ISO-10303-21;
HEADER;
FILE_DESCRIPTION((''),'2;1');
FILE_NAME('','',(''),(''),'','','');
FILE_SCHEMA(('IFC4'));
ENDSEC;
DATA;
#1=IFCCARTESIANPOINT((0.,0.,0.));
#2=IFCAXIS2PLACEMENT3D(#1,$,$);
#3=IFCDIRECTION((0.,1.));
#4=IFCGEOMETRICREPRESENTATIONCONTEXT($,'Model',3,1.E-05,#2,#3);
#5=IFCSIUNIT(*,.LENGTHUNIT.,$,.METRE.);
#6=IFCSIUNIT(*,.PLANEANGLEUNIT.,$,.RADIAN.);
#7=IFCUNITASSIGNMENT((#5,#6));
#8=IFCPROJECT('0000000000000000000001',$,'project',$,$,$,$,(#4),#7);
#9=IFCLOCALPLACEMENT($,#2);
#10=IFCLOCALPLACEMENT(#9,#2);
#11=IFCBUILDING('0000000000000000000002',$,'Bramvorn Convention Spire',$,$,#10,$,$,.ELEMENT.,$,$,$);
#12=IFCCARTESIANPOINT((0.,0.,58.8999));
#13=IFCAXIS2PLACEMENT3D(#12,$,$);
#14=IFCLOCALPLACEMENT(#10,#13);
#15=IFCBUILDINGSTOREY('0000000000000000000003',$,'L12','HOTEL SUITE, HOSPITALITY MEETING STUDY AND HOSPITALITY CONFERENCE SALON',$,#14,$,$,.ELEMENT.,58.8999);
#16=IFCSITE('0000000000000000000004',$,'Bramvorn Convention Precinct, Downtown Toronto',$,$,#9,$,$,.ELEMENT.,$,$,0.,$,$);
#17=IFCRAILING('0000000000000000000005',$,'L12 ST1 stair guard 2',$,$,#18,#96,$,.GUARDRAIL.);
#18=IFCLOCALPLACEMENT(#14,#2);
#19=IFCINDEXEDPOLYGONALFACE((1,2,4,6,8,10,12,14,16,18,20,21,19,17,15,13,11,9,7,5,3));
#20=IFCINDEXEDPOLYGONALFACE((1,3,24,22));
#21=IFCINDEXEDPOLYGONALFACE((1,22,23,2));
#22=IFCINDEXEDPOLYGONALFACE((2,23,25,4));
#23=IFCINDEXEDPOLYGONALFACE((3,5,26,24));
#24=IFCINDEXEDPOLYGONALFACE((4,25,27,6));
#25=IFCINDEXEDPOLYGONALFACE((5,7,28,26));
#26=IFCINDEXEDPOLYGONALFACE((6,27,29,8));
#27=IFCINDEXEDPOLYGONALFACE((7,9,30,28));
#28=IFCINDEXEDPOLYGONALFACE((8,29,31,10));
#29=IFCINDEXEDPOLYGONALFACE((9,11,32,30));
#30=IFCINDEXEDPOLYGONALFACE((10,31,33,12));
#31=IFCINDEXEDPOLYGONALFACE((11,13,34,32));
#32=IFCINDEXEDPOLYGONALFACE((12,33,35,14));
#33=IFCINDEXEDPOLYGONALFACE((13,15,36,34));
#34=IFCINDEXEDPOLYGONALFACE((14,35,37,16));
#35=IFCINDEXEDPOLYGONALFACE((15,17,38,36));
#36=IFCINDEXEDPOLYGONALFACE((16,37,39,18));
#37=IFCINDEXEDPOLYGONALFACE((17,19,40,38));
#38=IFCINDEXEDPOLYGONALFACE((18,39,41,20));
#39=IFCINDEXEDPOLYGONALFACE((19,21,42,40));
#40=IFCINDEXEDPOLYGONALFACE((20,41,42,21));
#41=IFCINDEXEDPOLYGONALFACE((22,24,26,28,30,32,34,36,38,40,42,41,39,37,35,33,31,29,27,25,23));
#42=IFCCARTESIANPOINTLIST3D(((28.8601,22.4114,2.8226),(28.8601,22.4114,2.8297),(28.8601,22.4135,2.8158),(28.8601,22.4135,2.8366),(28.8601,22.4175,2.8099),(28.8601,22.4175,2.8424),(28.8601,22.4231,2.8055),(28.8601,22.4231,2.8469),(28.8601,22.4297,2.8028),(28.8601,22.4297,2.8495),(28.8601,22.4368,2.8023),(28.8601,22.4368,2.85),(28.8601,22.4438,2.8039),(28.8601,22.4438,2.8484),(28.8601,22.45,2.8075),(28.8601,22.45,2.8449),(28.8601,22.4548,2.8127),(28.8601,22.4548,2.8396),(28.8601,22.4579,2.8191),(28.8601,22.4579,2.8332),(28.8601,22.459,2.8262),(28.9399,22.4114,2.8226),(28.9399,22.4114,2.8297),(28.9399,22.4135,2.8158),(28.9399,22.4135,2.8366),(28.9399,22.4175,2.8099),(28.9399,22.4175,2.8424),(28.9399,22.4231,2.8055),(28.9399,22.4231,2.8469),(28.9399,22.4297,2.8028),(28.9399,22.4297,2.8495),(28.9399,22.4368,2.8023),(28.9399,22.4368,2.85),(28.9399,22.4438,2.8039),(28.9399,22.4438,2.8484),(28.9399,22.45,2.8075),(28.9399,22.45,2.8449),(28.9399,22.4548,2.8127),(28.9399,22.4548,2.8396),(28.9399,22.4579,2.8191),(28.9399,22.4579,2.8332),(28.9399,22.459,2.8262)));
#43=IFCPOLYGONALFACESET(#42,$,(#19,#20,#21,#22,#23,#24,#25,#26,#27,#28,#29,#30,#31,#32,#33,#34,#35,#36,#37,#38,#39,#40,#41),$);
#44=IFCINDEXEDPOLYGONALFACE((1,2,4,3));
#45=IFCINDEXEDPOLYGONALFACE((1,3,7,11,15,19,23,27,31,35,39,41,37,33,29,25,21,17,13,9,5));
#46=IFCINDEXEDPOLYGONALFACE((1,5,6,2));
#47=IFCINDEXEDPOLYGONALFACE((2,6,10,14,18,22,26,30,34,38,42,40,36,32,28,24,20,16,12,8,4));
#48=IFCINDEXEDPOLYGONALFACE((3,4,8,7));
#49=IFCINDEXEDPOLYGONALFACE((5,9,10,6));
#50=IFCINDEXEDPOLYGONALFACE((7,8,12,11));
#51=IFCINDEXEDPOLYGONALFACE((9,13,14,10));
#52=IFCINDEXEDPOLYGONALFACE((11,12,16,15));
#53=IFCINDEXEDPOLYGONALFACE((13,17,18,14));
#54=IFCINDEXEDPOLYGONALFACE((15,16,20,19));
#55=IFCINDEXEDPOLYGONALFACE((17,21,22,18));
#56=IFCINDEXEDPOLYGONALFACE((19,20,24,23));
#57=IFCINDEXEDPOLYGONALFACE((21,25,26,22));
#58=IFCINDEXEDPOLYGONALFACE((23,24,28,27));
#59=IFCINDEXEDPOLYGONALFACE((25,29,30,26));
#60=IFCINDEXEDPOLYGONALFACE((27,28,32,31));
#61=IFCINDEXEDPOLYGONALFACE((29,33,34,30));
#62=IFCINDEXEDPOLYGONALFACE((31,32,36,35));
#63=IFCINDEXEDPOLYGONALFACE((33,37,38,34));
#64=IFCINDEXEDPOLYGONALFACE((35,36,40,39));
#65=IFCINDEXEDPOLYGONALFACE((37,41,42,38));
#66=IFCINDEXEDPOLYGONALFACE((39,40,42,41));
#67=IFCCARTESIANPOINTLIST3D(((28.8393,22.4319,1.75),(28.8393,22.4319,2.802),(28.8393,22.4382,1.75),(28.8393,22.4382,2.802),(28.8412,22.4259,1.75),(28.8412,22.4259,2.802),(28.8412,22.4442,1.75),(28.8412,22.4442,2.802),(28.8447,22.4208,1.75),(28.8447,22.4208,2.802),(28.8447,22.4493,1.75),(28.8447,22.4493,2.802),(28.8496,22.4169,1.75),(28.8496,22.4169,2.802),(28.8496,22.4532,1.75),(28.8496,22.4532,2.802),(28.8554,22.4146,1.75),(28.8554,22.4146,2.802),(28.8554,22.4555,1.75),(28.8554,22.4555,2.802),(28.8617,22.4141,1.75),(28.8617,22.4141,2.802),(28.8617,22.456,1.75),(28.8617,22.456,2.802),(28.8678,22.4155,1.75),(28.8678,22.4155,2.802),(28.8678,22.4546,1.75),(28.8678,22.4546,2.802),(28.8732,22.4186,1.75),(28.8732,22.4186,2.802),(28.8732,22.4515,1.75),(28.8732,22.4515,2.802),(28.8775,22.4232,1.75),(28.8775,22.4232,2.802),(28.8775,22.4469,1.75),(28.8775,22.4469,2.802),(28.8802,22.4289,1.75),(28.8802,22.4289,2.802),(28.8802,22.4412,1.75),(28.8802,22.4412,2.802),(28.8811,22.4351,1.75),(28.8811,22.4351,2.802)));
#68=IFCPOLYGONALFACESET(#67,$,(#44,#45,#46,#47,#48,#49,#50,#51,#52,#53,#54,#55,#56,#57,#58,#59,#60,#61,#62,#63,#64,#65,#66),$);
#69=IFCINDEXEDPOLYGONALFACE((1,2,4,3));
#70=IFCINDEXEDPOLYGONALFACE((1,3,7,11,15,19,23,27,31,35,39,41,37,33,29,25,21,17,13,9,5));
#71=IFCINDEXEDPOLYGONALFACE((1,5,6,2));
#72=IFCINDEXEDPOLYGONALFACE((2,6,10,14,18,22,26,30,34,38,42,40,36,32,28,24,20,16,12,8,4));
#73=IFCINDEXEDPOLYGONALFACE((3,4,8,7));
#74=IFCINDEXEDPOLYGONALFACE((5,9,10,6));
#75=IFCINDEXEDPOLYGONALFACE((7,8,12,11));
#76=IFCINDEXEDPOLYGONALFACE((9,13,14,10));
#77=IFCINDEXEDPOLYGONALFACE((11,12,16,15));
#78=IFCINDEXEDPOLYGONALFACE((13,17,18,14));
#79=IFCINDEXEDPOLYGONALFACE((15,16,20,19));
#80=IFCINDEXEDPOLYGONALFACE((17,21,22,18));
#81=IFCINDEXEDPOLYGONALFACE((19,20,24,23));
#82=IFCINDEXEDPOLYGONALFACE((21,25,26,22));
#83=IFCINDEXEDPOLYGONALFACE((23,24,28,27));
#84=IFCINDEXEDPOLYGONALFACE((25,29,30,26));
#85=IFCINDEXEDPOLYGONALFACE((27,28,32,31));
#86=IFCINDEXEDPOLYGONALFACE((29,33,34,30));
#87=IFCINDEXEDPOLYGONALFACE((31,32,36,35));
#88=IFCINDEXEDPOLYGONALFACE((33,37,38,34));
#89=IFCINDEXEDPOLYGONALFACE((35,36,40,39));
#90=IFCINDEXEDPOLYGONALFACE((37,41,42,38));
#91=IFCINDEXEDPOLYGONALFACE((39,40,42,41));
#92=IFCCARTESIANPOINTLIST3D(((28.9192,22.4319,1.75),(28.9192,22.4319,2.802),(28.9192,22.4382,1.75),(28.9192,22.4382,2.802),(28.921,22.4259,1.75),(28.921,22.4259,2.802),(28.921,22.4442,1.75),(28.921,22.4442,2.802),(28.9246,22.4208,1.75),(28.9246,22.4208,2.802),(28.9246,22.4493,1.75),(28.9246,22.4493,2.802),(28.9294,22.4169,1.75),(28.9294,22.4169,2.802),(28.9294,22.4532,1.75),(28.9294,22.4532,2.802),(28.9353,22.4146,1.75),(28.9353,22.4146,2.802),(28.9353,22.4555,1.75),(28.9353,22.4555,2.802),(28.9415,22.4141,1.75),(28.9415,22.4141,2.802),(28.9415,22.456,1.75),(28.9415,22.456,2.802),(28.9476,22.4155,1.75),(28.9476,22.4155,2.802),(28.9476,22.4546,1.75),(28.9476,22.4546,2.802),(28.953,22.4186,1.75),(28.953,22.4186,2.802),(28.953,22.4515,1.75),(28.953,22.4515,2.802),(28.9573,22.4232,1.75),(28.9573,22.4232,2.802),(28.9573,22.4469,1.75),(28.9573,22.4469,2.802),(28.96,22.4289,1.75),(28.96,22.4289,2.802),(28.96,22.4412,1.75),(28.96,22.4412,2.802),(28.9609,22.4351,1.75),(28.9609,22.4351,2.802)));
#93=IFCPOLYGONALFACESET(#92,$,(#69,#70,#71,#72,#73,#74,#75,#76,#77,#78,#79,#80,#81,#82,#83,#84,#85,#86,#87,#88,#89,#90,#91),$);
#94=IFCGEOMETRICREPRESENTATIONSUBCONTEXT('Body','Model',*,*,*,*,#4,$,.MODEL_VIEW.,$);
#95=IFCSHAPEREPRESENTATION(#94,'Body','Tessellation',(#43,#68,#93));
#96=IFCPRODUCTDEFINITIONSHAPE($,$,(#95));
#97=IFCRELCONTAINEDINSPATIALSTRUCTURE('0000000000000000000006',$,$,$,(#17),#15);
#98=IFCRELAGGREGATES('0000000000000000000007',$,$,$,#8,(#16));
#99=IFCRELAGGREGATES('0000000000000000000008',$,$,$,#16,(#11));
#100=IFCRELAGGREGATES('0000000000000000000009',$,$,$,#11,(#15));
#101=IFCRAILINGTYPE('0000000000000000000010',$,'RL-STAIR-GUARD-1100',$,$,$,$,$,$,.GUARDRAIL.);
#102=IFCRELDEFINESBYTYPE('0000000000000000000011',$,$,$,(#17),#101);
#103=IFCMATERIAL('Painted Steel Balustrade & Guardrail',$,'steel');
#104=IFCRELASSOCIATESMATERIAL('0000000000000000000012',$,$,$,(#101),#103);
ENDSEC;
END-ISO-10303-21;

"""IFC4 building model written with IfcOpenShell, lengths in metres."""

from ifc_helpers import new_model, si_unit, direction, frame, origin, origin_2d, place, context, subcontext, project, spatial, circle, extrude, material, type_object, element, save


model = new_model("IFC4")

# Units and contexts
model_context = context("Model", 3, precision=1e-05, world=origin(), true_north=direction((0.0, 1.0)))
body_context = subcontext(model_context, "Body", "Model", "MODEL_VIEW")
ifc_project = project(units=[si_unit("LENGTHUNIT", "METRE"), si_unit("PLANEANGLEUNIT", "RADIAN")], contexts=[model_context])

# Site, building, storey
site_placement = place(None, origin())
site = spatial("IfcSite", under=ifc_project, at=site_placement, Name="Bramvorn Convention Precinct, Downtown Toronto", CompositionType="ELEMENT", RefElevation=0.0)
building_placement = place(site_placement, origin())
building = spatial("IfcBuilding", under=site, at=building_placement, Name="Bramvorn Convention Spire", CompositionType="ELEMENT")
storey_placement = place(building_placement, frame((0.0, 0.0, 58.8999)))
storey = spatial("IfcBuildingStorey", under=building, at=storey_placement, Name="L12", Description="HOTEL SUITE, HOSPITALITY MEETING STUDY AND HOSPITALITY CONFERENCE SALON", CompositionType="ELEMENT", Elevation=58.8999)

# Railing
ifc_material_1 = material(Name="Painted Steel Balustrade & Guardrail", Category="steel")
railing_type_1 = type_object("IfcRailingType", Name="RL-STAIR-GUARD-1100", PredefinedType="GUARDRAIL", material=ifc_material_1)
railing_1_placement = place(storey_placement, frame((28.8601, 22.4351, 1.75)))
element("IfcRailing", 1, at=railing_1_placement, inside=storey, type_object=railing_type_1, Name="L12 ST1 stair guard 2", PredefinedType="GUARDRAIL", context=body_context, shape_type="SweptSolid", body=[
    extrude(circle(Radius=0.0239, at=origin_2d()), frame((0.0, 0.0, 1.0762), z_axis=(1.0, 0.0, 0.0), x_axis=(0.0, 1.0, 0.0)), (0.0, 0.0, 1.0), 0.0798),
    extrude(circle(Radius=0.021, at=origin_2d()), origin(), (0.0, 0.0, 1.0), 1.052),
    extrude(circle(Radius=0.021, at=origin_2d()), frame((0.0798, 0.0, 0.0)), (0.0, 0.0, 1.0), 1.052),
])

save(model, "model.ifc")
